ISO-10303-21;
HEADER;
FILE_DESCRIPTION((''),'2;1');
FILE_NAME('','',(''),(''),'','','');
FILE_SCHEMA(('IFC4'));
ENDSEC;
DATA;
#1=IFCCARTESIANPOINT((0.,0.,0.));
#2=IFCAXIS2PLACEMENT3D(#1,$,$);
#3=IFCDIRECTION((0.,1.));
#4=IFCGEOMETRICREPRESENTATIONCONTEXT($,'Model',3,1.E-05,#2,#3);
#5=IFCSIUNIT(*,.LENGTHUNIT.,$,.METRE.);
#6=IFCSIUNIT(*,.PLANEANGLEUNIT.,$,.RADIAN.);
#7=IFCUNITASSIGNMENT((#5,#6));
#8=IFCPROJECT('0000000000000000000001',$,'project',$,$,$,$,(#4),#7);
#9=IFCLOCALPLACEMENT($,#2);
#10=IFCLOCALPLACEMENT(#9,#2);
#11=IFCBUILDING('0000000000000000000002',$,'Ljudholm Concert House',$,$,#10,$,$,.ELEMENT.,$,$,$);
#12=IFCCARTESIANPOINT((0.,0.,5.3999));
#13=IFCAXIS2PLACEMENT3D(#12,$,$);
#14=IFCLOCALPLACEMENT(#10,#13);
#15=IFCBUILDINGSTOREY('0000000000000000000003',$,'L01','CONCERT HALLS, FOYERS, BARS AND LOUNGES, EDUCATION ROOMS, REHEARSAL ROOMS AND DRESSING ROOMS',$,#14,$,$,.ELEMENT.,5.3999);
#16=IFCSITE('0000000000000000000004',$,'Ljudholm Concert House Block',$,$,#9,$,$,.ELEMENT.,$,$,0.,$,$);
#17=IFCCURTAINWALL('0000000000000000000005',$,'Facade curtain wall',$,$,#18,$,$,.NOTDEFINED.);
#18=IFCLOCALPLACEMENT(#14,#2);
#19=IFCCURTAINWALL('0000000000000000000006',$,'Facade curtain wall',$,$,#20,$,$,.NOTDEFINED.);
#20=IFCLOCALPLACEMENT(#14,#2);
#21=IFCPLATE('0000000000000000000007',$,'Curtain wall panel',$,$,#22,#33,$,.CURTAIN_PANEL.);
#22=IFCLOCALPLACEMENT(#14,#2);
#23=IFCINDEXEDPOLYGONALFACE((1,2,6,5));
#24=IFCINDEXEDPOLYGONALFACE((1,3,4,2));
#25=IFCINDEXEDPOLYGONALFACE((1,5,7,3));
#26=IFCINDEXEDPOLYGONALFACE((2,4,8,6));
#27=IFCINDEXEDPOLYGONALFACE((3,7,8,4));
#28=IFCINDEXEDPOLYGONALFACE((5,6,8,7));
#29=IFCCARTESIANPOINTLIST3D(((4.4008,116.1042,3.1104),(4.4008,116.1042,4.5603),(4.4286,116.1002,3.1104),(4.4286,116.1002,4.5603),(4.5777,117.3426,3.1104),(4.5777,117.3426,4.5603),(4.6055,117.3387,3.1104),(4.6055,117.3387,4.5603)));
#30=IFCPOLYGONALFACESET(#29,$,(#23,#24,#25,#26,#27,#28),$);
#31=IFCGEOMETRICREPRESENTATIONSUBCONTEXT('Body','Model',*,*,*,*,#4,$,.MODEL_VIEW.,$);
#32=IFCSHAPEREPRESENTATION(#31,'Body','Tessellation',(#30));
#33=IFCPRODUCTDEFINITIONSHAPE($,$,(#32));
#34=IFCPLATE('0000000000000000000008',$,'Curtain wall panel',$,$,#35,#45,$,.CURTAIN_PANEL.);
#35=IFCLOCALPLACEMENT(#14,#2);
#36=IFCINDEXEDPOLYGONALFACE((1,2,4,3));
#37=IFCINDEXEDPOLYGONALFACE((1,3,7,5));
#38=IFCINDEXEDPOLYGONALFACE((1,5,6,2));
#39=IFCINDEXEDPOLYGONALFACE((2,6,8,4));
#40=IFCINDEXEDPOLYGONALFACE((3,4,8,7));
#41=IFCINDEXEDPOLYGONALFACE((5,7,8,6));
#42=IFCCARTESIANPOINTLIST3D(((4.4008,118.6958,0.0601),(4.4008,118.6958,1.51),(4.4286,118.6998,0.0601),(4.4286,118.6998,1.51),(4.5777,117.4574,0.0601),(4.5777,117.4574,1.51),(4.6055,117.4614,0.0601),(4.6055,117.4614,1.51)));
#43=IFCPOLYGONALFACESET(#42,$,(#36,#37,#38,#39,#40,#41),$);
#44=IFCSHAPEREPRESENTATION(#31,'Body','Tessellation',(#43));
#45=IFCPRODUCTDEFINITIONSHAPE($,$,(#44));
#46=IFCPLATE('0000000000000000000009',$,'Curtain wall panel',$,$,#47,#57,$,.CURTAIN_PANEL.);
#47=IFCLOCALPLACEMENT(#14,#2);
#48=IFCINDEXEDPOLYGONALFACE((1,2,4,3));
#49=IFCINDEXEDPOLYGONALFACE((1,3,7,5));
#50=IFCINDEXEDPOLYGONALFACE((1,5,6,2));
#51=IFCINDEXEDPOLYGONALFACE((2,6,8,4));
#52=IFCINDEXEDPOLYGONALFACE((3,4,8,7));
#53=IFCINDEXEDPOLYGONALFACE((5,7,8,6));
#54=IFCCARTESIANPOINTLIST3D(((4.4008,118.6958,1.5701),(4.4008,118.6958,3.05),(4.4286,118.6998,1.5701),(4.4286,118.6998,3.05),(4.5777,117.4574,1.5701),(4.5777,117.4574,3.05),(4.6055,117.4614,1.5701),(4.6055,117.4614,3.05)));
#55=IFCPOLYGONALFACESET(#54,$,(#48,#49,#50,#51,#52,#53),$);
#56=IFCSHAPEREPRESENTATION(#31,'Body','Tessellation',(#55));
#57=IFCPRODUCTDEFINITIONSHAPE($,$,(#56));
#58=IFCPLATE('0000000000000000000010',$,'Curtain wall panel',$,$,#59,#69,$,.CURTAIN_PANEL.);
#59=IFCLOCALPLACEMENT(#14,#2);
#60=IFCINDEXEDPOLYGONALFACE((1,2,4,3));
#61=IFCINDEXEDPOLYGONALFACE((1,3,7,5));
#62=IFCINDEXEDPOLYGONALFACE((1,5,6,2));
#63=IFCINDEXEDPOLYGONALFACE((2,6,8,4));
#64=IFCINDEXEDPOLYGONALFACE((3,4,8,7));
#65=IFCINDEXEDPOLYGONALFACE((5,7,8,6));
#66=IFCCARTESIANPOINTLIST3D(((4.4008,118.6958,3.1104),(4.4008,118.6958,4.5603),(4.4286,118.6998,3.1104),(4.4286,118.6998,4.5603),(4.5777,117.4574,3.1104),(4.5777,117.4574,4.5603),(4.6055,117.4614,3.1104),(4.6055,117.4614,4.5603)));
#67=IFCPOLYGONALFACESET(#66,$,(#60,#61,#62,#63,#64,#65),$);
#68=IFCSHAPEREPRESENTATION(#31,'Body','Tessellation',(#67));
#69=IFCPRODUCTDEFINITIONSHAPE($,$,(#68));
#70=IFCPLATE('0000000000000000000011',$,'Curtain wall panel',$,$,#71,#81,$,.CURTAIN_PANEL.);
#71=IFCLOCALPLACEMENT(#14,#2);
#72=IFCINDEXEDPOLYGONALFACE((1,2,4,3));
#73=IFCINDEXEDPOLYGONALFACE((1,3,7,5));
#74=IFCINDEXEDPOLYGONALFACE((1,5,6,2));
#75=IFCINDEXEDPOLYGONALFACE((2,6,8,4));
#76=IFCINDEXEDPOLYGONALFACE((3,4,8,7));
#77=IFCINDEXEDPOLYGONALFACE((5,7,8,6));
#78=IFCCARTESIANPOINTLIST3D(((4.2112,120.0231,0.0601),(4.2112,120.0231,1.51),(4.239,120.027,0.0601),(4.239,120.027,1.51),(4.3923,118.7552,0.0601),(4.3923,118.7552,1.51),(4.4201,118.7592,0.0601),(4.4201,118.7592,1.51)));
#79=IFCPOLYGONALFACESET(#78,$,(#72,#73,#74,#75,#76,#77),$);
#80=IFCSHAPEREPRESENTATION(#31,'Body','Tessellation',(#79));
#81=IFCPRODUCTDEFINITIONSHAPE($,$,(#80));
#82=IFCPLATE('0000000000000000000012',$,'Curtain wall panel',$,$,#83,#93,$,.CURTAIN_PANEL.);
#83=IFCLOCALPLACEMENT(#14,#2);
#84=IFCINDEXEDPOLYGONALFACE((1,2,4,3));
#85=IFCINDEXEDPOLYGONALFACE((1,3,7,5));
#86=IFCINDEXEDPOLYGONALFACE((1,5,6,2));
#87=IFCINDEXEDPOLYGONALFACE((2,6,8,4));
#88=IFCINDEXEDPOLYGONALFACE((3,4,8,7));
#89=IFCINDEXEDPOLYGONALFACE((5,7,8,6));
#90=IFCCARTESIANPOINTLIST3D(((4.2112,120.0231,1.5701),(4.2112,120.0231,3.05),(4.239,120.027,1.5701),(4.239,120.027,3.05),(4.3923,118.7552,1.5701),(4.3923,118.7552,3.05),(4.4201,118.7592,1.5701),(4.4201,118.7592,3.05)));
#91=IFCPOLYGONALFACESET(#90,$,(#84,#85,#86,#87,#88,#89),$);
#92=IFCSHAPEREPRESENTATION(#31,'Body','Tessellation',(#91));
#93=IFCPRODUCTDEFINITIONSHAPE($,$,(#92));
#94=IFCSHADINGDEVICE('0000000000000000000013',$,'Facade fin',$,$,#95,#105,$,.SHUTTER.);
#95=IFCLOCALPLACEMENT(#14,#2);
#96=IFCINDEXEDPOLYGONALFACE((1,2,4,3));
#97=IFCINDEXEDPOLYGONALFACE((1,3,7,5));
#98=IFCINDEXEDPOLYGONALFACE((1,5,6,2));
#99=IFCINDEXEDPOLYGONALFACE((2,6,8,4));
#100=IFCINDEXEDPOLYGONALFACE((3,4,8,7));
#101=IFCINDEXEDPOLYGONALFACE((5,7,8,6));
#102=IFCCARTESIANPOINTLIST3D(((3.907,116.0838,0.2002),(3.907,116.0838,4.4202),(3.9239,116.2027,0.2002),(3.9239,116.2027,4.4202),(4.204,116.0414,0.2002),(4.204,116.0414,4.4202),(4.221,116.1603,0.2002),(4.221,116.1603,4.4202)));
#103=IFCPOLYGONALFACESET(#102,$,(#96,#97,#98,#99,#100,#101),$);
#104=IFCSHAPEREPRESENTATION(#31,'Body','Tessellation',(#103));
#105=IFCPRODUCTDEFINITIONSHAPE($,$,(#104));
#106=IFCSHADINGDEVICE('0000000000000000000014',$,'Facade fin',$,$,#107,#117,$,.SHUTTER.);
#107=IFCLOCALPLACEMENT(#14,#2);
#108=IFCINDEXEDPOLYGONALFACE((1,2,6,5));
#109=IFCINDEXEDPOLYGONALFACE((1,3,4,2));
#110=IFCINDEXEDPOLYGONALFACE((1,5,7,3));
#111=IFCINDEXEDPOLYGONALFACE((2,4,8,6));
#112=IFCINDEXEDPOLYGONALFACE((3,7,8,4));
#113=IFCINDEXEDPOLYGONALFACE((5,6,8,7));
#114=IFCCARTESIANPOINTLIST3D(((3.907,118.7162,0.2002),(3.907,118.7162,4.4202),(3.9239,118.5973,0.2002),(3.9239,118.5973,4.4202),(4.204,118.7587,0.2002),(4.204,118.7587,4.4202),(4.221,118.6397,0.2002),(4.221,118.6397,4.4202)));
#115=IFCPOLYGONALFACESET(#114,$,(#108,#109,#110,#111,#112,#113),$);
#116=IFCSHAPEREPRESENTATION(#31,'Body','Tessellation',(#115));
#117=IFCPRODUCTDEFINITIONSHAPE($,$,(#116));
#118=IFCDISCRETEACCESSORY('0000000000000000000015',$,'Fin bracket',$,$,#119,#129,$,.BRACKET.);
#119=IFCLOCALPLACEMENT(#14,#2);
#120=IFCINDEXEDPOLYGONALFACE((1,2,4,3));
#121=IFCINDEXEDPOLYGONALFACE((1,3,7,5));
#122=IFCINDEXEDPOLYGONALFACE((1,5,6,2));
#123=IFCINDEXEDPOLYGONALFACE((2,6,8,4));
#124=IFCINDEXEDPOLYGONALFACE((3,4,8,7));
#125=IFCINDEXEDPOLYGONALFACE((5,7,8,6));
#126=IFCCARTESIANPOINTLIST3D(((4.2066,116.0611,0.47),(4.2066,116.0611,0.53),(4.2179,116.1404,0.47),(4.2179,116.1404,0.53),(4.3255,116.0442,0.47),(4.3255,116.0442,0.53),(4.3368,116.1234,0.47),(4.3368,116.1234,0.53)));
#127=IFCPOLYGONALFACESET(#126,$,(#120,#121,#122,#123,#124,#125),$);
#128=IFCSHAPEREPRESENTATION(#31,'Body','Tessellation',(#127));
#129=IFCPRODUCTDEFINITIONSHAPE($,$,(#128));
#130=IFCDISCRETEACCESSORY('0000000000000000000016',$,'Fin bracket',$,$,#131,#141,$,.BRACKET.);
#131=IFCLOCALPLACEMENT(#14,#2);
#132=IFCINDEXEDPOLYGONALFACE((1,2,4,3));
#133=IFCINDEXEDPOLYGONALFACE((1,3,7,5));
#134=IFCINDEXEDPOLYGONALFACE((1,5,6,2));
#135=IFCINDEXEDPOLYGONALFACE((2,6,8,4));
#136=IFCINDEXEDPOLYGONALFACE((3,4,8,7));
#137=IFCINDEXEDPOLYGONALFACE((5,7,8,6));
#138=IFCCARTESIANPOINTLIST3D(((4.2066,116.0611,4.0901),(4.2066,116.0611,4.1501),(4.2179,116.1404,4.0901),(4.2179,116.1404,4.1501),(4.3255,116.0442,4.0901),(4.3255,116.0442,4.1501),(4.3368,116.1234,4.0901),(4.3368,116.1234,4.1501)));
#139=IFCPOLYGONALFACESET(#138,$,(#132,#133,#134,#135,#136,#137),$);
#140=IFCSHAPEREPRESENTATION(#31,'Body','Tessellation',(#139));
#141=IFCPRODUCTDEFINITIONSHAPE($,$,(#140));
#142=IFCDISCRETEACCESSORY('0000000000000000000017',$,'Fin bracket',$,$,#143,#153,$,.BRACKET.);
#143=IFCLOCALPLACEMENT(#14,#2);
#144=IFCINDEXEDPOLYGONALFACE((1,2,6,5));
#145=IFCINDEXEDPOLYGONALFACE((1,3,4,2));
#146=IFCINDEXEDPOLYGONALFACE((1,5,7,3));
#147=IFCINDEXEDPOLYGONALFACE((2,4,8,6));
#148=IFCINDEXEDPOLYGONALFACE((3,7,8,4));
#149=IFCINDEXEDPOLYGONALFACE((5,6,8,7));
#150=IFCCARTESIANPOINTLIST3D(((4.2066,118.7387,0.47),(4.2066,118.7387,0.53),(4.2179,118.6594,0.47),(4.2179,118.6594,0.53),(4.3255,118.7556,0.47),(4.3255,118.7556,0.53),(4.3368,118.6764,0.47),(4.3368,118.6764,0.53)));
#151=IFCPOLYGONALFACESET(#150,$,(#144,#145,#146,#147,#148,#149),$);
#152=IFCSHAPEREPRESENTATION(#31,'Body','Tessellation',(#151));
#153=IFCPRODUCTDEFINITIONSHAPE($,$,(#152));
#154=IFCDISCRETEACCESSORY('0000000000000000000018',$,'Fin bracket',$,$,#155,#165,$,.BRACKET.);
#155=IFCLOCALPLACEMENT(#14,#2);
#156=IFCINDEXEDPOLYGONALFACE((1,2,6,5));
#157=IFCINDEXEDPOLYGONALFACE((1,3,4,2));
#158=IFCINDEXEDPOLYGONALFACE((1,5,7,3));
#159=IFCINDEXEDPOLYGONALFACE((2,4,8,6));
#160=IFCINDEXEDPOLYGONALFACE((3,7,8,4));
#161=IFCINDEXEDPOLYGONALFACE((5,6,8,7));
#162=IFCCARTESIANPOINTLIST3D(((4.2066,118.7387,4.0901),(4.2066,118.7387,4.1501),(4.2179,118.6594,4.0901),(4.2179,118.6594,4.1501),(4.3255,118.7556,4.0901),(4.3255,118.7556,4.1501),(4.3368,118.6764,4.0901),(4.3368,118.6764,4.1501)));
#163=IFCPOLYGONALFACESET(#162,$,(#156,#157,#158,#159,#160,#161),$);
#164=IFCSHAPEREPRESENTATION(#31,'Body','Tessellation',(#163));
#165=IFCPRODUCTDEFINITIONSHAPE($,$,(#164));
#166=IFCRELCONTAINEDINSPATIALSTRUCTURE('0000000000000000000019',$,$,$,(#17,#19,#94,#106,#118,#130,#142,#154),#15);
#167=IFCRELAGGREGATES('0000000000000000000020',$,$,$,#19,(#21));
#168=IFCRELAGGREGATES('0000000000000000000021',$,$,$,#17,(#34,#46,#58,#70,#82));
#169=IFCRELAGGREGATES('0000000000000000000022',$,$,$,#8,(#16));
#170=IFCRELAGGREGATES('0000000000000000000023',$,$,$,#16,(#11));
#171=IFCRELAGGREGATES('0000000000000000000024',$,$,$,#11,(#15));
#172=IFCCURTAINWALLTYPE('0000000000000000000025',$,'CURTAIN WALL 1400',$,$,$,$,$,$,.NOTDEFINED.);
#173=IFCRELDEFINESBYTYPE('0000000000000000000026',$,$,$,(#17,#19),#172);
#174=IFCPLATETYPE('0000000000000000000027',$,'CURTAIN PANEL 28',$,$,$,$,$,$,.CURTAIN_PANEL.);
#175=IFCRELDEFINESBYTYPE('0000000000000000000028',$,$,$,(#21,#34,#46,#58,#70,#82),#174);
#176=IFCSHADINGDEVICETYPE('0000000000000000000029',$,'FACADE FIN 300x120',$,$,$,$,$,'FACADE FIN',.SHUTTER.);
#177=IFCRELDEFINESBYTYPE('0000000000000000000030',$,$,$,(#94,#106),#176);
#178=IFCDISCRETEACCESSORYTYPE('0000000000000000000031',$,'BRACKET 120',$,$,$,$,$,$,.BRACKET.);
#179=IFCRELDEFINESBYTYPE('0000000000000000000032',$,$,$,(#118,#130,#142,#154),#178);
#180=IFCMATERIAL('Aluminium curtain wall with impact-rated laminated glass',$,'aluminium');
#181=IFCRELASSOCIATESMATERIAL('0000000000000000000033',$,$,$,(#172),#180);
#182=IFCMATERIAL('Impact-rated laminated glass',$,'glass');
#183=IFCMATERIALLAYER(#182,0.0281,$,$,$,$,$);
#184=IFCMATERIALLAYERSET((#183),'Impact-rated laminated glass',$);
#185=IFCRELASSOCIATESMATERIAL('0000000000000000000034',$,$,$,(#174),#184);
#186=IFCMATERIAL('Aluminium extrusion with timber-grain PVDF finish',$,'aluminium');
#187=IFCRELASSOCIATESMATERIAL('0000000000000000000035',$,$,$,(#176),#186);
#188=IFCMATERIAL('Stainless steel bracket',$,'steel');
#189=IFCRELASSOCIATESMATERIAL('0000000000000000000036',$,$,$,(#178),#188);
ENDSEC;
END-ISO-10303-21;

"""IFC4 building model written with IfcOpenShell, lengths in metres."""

from ifc_helpers import new_model, si_unit, direction, frame, origin, origin_2d, place, context, subcontext, project, spatial, rectangle, extrude, material, layer, layer_set, type_object, element, aggregate, save


model = new_model("IFC4")

# Units and contexts
model_context = context("Model", 3, precision=1e-05, world=origin(), true_north=direction((0.0, 1.0)))
body_context = subcontext(model_context, "Body", "Model", "MODEL_VIEW")
ifc_project = project(units=[si_unit("LENGTHUNIT", "METRE"), si_unit("PLANEANGLEUNIT", "RADIAN")], contexts=[model_context])

# Site, building, storey
site_placement = place(None, origin())
site = spatial("IfcSite", under=ifc_project, at=site_placement, Name="Ljudholm Concert House Block", CompositionType="ELEMENT", RefElevation=0.0)
building_placement = place(site_placement, origin())
building = spatial("IfcBuilding", under=site, at=building_placement, Name="Ljudholm Concert House", CompositionType="ELEMENT")
storey_placement = place(building_placement, frame((0.0, 0.0, 5.3999)))
storey = spatial("IfcBuildingStorey", under=building, at=storey_placement, Name="L01", Description="CONCERT HALLS, FOYERS, BARS AND LOUNGES, EDUCATION ROOMS, REHEARSAL ROOMS AND DRESSING ROOMS", CompositionType="ELEMENT", Elevation=5.3999)

# Curtain wall
ifc_material_1 = material(Name="Aluminium curtain wall with impact-rated laminated glass", Category="aluminium")
curtain_wall_type = type_object("IfcCurtainWallType", Name="CURTAIN WALL 1400", PredefinedType="NOTDEFINED", material=ifc_material_1)
curtain_wall_1_placement = place(storey_placement, origin())
curtain_wall_1 = element("IfcCurtainWall", 1, at=curtain_wall_1_placement, inside=storey, type_object=curtain_wall_type, Name="Facade curtain wall", PredefinedType="NOTDEFINED")

# Curtain wall
curtain_wall_2_placement = place(storey_placement, origin())
curtain_wall_2 = element("IfcCurtainWall", 2, at=curtain_wall_2_placement, inside=storey, type_object=curtain_wall_type, Name="Facade curtain wall", PredefinedType="NOTDEFINED")

# Plates
ifc_material_2 = material(Name="Impact-rated laminated glass", Category="glass")
ifc_layer = layer(ifc_material_2, 0.0281)
ifc_layer_set = layer_set([ifc_layer], Name="Impact-rated laminated glass")
plate_type = type_object("IfcPlateType", Name="CURTAIN PANEL 28", PredefinedType="CURTAIN_PANEL", material=ifc_layer_set)
plate_1_placement = place(storey_placement, frame((4.5032, 116.7214, 3.1104), z_axis=(0.0, 0.0, 1.0), x_axis=(0.141421, 0.989949, 0.0)))
plate_1 = element("IfcPlate", 3, at=plate_1_placement, type_object=plate_type, Name="Curtain wall panel", PredefinedType="CURTAIN_PANEL", context=body_context, shape_type="SweptSolid", body=[
    extrude(rectangle(XDim=1.251, YDim=0.0281, at=origin_2d()), origin(), (0.0, 0.0, 1.0), 1.45),
])
aggregate(curtain_wall_2, [plate_1])
plate_2_placement = place(storey_placement, frame((4.5032, 118.0786, 0.0601), z_axis=(0.0, 0.0, 1.0), x_axis=(-0.141421, 0.989949, 0.0)))
plate_2 = element("IfcPlate", 4, at=plate_2_placement, type_object=plate_type, Name="Curtain wall panel", PredefinedType="CURTAIN_PANEL", context=body_context, shape_type="SweptSolid", body=[
    extrude(rectangle(XDim=1.251, YDim=0.0281, at=origin_2d()), origin(), (0.0, 0.0, 1.0), 1.45),
])
plate_3_placement = place(storey_placement, frame((4.5032, 118.0786, 1.5701), z_axis=(0.0, 0.0, 1.0), x_axis=(-0.141421, 0.989949, 0.0)))
plate_3 = element("IfcPlate", 5, at=plate_3_placement, type_object=plate_type, Name="Curtain wall panel", PredefinedType="CURTAIN_PANEL", context=body_context, shape_type="SweptSolid", body=[
    extrude(rectangle(XDim=1.251, YDim=0.0281, at=origin_2d()), origin(), (0.0, 0.0, 1.0), 1.48),
])
plate_4_placement = place(storey_placement, frame((4.5032, 118.0786, 3.1104), z_axis=(0.0, 0.0, 1.0), x_axis=(-0.141421, 0.989949, 0.0)))
plate_4 = element("IfcPlate", 6, at=plate_4_placement, type_object=plate_type, Name="Curtain wall panel", PredefinedType="CURTAIN_PANEL", context=body_context, shape_type="SweptSolid", body=[
    extrude(rectangle(XDim=1.251, YDim=0.0281, at=origin_2d()), origin(), (0.0, 0.0, 1.0), 1.45),
])
plate_5_placement = place(storey_placement, frame((4.3157, 119.3911, 0.0601), z_axis=(0.0, 0.0, 1.0), x_axis=(-0.141421, 0.989949, 0.0)))
plate_5 = element("IfcPlate", 7, at=plate_5_placement, type_object=plate_type, Name="Curtain wall panel", PredefinedType="CURTAIN_PANEL", context=body_context, shape_type="SweptSolid", body=[
    extrude(rectangle(XDim=1.2808, YDim=0.0281, at=origin_2d()), origin(), (0.0, 0.0, 1.0), 1.45),
])
plate_6_placement = place(storey_placement, frame((4.3157, 119.3911, 1.5701), z_axis=(0.0, 0.0, 1.0), x_axis=(-0.141421, 0.989949, 0.0)))
plate_6 = element("IfcPlate", 8, at=plate_6_placement, type_object=plate_type, Name="Curtain wall panel", PredefinedType="CURTAIN_PANEL", context=body_context, shape_type="SweptSolid", body=[
    extrude(rectangle(XDim=1.2808, YDim=0.0281, at=origin_2d()), origin(), (0.0, 0.0, 1.0), 1.48),
])
aggregate(curtain_wall_1, [plate_2, plate_3, plate_4, plate_5, plate_6])

# Shading devices
ifc_material_3 = material(Name="Aluminium extrusion with timber-grain PVDF finish", Category="aluminium")
shading_device_type = type_object("IfcShadingDeviceType", Name="FACADE FIN 300x120", ElementType="FACADE FIN", PredefinedType="SHUTTER", material=ifc_material_3)
for number, where, z_axis, x_axis, name in (
    (9, (4.064, 116.1221, 0.2002), (0.0, 0.0, 1.0), (-0.989949, 0.141421, 0.0), "Facade fin"),
    (10, (4.064, 118.678, 0.2002), (0.0, 0.0, 1.0), (-0.989949, -0.141421, 0.0), "Facade fin"),
):
    element("IfcShadingDevice", number, at=place(storey_placement, frame(where, z_axis=z_axis, x_axis=x_axis)), inside=storey, type_object=shading_device_type, Name=name, PredefinedType="SHUTTER", context=body_context, shape_type="SweptSolid", body=[
        extrude(rectangle(XDim=0.3, YDim=0.1201, at=origin_2d()), origin(), (0.0, 0.0, 1.0), 4.22),
    ])

# Discrete accessories
ifc_material_4 = material(Name="Stainless steel bracket", Category="steel")
discrete_accessory_type = type_object("IfcDiscreteAccessoryType", Name="BRACKET 120", PredefinedType="BRACKET", material=ifc_material_4)
for number, where, z_axis, x_axis, name in (
    (11, (4.2717, 116.0923, 0.47), (0.0, 0.0, 1.0), (-0.989949, 0.141421, 0.0), "Fin bracket"),
    (12, (4.2717, 116.0923, 4.0901), (0.0, 0.0, 1.0), (-0.989949, 0.141421, 0.0), "Fin bracket"),
    (13, (4.2717, 118.7075, 0.47), (0.0, 0.0, 1.0), (-0.989949, -0.141421, 0.0), "Fin bracket"),
    (14, (4.2717, 118.7075, 4.0901), (0.0, 0.0, 1.0), (-0.989949, -0.141421, 0.0), "Fin bracket"),
):
    element("IfcDiscreteAccessory", number, at=place(storey_placement, frame(where, z_axis=z_axis, x_axis=x_axis)), inside=storey, type_object=discrete_accessory_type, Name=name, PredefinedType="BRACKET", context=body_context, shape_type="SweptSolid", body=[
        extrude(rectangle(XDim=0.1201, YDim=0.0801, at=origin_2d()), origin(), (0.0, 0.0, 1.0), 0.0601),
    ])

save(model, "model.ifc")
